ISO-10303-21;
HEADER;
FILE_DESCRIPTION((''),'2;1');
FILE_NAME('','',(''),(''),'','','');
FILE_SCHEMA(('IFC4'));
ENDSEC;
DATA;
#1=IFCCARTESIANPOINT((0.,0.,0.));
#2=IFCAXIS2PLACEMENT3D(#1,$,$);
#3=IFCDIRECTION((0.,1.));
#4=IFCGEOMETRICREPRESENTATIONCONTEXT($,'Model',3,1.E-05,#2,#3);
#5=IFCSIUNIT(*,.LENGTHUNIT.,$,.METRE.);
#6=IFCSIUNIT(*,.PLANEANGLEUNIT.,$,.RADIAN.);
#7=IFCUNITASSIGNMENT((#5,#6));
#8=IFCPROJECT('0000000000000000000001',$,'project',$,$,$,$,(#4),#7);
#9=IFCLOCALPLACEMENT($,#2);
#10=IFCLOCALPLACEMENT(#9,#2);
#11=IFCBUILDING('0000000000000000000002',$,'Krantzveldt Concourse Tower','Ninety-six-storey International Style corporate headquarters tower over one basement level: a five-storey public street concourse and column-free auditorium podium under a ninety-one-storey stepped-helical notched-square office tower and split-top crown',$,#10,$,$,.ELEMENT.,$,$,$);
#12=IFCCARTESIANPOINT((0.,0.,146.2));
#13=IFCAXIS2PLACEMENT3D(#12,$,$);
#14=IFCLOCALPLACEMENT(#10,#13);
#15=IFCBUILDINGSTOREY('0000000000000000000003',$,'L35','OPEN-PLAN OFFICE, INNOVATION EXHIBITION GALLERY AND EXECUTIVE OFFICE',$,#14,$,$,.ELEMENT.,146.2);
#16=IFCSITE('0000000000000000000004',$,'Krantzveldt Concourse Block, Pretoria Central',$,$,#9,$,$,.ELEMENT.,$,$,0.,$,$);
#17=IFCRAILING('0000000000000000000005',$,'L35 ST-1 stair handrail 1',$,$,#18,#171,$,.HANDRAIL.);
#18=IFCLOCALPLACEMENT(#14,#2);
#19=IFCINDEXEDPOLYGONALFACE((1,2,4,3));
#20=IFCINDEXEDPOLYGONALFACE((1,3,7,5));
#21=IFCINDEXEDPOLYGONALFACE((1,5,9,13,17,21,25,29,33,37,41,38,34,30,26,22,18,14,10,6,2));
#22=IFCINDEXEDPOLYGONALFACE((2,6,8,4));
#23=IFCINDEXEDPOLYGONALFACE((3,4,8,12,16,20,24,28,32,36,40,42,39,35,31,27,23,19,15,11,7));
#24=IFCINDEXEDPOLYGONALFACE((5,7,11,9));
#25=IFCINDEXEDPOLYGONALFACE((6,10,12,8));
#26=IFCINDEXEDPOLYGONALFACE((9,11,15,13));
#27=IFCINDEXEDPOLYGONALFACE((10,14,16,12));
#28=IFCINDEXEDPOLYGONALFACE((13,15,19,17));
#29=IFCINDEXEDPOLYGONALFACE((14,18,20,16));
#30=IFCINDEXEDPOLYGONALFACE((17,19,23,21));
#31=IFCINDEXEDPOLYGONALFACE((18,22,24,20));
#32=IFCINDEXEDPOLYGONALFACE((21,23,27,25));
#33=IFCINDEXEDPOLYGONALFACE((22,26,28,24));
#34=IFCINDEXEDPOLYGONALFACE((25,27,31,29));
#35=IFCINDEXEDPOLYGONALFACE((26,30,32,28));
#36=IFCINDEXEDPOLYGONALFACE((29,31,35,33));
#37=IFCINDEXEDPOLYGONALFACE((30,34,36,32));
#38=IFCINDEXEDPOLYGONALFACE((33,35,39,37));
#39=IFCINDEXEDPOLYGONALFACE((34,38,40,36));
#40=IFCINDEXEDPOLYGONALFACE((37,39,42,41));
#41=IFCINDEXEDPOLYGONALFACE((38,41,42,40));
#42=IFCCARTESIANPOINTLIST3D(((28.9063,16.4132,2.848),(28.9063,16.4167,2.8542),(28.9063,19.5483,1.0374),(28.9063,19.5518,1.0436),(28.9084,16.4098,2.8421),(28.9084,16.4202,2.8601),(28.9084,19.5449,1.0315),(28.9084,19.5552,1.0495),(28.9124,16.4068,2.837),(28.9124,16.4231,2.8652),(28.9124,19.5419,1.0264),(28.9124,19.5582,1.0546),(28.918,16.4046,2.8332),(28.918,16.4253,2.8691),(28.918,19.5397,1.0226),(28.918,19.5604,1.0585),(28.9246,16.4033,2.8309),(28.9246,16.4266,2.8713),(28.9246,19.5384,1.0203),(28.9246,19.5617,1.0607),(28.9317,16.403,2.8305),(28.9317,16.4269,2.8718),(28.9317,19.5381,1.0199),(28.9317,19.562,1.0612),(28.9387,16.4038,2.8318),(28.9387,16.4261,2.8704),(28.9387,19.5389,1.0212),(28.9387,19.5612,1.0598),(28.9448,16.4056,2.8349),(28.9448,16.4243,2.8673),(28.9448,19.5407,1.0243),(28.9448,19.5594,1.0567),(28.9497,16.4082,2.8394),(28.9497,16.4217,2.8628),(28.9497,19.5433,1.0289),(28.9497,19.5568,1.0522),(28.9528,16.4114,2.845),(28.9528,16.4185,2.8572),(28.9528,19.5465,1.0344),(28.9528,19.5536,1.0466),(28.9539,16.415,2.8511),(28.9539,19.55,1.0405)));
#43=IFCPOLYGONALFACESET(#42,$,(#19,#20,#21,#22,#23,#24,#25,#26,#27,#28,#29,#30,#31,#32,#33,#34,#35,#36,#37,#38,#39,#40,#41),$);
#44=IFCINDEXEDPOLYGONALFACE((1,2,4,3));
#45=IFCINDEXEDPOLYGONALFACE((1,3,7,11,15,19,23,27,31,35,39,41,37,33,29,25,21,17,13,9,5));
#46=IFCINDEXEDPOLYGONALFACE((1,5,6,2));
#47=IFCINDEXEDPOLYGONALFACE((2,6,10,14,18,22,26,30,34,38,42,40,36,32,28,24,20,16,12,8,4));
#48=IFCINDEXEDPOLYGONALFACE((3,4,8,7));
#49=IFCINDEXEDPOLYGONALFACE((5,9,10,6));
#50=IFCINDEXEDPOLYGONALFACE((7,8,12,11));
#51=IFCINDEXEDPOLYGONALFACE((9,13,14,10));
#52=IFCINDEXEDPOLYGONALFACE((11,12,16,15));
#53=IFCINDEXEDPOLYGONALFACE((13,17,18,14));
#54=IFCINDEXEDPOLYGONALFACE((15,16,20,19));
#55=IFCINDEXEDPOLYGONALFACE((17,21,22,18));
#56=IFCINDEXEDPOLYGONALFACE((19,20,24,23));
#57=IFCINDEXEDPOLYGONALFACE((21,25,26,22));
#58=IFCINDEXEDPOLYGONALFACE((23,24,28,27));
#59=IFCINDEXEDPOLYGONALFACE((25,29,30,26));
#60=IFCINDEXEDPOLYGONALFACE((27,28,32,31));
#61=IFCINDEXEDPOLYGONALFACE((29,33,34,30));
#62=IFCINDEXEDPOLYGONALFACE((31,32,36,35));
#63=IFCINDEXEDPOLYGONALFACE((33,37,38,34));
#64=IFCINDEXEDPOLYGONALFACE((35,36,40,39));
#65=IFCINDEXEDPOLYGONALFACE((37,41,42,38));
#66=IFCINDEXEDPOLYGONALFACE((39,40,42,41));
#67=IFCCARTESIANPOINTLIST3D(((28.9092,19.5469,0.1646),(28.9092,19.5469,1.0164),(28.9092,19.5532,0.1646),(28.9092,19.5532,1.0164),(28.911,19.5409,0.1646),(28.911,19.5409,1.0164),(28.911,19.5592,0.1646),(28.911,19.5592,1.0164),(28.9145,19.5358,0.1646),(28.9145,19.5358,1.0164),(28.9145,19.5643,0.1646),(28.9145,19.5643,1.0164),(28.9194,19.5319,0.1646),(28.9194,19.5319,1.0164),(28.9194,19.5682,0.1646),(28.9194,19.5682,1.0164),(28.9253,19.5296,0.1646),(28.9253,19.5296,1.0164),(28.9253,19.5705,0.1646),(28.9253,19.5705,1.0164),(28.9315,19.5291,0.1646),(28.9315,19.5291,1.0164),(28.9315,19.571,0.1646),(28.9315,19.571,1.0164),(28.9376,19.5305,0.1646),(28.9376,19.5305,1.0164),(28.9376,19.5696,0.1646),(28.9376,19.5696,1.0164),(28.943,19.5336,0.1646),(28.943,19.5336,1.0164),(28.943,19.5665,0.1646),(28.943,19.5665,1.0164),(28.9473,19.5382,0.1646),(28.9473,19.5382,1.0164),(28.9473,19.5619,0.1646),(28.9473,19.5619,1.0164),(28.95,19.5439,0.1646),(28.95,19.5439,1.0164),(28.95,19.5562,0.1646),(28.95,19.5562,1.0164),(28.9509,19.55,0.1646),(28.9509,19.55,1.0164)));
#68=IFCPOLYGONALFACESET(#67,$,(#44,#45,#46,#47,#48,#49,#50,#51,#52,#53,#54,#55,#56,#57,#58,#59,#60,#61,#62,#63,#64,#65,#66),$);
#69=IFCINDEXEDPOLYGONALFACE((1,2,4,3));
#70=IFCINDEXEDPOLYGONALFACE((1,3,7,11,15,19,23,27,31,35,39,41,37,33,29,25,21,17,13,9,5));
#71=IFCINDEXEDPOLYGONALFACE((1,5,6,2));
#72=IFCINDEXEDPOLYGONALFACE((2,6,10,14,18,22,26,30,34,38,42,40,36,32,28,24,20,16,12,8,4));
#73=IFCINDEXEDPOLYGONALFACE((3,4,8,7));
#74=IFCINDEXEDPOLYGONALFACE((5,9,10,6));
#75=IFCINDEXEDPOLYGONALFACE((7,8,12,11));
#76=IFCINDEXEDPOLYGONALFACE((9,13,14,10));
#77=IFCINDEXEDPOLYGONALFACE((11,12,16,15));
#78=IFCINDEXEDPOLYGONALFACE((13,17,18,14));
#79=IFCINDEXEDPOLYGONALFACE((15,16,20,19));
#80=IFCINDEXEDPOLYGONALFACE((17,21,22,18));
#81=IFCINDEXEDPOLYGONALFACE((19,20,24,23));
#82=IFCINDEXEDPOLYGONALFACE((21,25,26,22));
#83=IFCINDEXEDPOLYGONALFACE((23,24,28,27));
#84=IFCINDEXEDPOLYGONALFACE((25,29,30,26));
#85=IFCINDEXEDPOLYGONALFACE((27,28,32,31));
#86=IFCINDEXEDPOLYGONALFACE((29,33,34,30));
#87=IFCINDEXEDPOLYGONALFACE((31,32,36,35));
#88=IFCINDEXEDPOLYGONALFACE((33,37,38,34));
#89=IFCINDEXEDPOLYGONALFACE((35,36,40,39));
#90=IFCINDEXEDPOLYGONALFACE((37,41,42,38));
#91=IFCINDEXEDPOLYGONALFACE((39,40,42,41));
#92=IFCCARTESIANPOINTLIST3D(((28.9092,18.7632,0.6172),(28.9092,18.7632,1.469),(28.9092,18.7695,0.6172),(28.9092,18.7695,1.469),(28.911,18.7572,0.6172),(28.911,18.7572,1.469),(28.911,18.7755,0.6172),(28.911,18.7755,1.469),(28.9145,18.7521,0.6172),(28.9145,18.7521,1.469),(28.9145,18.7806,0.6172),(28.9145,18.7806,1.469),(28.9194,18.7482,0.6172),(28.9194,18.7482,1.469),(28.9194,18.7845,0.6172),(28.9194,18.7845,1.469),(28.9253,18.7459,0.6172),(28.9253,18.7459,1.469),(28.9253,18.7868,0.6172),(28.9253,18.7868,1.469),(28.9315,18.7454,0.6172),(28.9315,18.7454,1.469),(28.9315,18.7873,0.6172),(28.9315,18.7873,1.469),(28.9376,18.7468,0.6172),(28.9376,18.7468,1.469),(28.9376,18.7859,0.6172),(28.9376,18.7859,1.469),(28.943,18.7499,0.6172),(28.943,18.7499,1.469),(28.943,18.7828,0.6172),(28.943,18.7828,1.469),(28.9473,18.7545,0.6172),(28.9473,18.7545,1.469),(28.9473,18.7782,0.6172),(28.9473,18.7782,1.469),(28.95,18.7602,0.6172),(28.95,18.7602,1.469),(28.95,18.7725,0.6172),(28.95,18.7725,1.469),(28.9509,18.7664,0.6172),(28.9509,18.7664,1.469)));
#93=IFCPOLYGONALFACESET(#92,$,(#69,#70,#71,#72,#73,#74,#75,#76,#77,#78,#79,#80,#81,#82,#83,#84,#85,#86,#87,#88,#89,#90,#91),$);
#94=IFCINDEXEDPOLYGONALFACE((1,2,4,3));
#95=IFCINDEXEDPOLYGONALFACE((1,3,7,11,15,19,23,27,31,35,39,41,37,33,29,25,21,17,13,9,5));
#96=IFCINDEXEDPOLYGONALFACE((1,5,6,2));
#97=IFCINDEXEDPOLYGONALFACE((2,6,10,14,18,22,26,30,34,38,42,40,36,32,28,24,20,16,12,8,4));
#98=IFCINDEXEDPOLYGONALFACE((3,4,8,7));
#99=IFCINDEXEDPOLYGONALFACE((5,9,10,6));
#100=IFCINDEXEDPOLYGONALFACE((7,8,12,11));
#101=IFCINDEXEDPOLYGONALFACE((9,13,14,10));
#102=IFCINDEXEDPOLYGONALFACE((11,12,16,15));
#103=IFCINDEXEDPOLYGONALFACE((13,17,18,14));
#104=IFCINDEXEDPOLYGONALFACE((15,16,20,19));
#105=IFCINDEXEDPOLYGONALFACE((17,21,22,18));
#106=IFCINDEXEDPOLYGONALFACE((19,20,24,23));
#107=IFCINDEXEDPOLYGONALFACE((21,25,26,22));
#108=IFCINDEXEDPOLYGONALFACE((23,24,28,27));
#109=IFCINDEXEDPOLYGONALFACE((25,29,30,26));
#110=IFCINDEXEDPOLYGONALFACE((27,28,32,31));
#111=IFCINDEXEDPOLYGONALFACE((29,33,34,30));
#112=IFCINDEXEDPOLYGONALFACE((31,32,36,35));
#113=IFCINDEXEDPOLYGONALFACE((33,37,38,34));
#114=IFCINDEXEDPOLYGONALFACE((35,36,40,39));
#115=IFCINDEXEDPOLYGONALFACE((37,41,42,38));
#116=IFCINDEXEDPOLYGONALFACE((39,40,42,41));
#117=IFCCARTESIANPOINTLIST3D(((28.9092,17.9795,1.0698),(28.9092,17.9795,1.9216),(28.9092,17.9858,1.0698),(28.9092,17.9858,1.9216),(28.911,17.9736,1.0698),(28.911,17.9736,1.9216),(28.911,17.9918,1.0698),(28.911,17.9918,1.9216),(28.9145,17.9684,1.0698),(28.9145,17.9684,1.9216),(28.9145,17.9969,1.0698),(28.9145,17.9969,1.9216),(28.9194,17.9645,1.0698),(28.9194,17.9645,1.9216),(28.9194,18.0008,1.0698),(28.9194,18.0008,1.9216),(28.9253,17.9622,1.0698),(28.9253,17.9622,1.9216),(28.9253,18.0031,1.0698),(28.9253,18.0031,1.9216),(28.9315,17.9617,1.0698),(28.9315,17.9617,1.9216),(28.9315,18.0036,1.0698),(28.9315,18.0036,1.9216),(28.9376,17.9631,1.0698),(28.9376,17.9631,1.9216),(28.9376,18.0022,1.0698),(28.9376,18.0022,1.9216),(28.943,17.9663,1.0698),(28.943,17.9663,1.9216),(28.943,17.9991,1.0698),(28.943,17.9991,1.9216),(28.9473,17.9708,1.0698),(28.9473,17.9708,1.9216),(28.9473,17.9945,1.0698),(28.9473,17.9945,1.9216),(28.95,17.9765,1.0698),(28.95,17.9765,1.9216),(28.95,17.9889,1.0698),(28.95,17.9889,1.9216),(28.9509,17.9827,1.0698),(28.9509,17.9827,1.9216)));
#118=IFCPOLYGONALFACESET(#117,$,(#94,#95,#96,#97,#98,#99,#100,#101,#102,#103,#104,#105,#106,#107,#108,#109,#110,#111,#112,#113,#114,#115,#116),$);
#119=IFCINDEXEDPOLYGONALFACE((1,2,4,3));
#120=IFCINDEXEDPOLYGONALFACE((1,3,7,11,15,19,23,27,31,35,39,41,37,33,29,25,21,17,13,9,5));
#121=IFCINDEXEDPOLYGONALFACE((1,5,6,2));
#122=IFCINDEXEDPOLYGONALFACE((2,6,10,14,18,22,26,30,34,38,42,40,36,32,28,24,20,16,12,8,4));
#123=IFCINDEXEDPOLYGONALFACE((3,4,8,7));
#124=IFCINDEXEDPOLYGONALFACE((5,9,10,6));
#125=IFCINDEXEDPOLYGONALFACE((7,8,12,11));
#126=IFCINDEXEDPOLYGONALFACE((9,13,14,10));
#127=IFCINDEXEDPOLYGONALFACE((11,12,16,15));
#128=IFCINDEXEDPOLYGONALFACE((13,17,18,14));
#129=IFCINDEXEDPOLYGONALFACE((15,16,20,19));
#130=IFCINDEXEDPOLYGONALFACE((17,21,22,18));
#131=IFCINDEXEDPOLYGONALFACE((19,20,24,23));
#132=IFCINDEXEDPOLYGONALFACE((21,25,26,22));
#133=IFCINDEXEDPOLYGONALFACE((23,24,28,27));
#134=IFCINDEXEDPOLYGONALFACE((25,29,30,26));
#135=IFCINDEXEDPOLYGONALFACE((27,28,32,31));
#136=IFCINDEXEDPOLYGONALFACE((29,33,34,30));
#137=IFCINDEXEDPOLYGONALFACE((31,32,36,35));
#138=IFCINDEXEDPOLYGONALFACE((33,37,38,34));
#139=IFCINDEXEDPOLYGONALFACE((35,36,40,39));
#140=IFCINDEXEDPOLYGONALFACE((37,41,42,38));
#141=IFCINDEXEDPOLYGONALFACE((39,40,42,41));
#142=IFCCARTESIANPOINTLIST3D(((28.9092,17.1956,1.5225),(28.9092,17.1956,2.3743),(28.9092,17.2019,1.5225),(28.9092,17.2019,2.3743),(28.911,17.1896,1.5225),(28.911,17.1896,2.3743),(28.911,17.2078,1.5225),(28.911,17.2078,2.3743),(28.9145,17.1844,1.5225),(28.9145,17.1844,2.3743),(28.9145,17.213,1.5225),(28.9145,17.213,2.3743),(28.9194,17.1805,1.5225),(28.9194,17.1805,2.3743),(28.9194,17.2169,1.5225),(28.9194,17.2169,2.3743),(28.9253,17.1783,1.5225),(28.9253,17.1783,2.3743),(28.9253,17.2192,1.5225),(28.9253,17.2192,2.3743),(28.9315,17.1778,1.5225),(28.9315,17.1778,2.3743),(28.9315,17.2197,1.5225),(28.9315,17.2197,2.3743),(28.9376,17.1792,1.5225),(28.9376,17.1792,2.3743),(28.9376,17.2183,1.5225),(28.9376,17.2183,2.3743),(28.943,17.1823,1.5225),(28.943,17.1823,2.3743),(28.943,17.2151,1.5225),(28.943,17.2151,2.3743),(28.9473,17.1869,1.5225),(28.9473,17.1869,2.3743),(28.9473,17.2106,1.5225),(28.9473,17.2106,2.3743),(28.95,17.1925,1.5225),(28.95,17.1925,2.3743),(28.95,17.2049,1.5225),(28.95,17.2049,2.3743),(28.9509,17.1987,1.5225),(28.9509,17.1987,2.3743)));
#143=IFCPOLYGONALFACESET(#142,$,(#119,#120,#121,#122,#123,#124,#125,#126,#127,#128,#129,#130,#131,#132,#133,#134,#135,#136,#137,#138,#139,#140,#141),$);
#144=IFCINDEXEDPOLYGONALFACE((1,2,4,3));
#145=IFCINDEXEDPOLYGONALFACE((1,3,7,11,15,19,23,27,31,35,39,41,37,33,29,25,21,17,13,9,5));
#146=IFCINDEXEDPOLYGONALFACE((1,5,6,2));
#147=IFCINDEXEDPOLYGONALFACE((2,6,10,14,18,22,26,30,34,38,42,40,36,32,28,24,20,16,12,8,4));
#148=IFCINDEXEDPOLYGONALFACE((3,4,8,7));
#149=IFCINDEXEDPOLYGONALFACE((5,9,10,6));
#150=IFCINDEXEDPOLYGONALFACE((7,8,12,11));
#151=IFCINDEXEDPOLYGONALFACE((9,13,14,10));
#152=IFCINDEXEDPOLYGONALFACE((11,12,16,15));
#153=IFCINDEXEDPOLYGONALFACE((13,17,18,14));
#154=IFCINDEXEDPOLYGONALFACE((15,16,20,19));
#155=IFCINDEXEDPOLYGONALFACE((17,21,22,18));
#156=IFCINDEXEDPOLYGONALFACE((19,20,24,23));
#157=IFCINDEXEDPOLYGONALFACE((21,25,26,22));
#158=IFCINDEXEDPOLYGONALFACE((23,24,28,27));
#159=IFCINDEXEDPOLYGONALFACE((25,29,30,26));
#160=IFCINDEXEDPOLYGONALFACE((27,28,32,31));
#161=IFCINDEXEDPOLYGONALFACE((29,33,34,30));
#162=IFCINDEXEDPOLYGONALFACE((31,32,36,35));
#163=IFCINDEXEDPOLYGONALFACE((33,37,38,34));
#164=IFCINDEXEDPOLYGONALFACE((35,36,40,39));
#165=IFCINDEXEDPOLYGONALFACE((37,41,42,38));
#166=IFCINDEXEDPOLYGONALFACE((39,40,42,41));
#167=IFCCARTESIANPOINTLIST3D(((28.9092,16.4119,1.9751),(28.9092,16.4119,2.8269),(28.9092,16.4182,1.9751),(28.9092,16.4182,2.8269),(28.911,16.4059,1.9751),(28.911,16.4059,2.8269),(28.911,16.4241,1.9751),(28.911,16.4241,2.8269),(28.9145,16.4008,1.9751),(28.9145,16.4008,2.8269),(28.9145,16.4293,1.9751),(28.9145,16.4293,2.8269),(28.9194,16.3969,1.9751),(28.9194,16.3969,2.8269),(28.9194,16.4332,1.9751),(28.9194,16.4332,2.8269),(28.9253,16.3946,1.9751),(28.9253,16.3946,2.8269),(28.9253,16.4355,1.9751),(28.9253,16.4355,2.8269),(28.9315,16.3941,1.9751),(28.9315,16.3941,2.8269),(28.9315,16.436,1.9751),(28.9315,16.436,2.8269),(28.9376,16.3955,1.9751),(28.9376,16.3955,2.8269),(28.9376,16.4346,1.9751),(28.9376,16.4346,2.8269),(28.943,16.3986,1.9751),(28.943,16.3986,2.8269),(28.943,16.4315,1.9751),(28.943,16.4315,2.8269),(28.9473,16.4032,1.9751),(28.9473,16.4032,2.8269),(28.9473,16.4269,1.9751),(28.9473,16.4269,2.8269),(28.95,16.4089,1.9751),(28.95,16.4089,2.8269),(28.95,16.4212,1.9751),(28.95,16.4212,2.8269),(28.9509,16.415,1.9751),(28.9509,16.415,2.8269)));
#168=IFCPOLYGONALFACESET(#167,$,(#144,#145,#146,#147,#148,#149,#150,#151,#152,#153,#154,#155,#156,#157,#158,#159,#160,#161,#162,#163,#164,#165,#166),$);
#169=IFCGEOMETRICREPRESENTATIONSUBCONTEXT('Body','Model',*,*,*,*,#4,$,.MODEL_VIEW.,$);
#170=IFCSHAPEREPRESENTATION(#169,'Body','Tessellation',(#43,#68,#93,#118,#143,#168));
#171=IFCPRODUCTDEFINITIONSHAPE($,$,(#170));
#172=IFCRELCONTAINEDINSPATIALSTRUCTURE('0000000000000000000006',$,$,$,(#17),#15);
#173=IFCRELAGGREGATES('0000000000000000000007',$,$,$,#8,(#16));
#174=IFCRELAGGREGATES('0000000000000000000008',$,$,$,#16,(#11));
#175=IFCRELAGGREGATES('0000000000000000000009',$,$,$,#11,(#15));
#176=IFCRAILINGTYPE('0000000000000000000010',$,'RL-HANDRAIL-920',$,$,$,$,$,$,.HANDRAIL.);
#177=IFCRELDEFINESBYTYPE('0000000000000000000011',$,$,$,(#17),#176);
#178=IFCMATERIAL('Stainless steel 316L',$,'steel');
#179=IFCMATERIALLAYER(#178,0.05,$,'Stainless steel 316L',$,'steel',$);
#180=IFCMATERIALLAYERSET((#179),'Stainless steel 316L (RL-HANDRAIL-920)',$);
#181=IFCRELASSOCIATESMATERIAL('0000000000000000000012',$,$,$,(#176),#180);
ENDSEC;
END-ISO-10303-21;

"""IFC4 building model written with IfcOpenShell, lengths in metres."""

from ifc_helpers import new_model, si_unit, direction, frame, origin, origin_2d, place, context, subcontext, project, spatial, circle, extrude, material, layer, layer_set, type_object, element, save


model = new_model("IFC4")

# Units and contexts
model_context = context("Model", 3, precision=1e-05, world=origin(), true_north=direction((0.0, 1.0)))
body_context = subcontext(model_context, "Body", "Model", "MODEL_VIEW")
ifc_project = project(units=[si_unit("LENGTHUNIT", "METRE"), si_unit("PLANEANGLEUNIT", "RADIAN")], contexts=[model_context])

# Site, building, storey
site_placement = place(None, origin())
site = spatial("IfcSite", under=ifc_project, at=site_placement, Name="Krantzveldt Concourse Block, Pretoria Central", CompositionType="ELEMENT", RefElevation=0.0)
building_placement = place(site_placement, origin())
building = spatial("IfcBuilding", under=site, at=building_placement, Name="Krantzveldt Concourse Tower", Description="Ninety-six-storey International Style corporate headquarters tower over one basement level: a five-storey public street concourse and column-free auditorium podium under a ninety-one-storey stepped-helical notched-square office tower and split-top crown", CompositionType="ELEMENT")
storey_placement = place(building_placement, frame((0.0, 0.0, 146.2)))
storey = spatial("IfcBuildingStorey", under=building, at=storey_placement, Name="L35", Description="OPEN-PLAN OFFICE, INNOVATION EXHIBITION GALLERY AND EXECUTIVE OFFICE", CompositionType="ELEMENT", Elevation=146.2)

# Shared definitions
ifc_material_1 = material(Name="Stainless steel 316L", Category="steel")

# Railing
ifc_layer_1 = layer(ifc_material_1, 0.05, Name="Stainless steel 316L", Category="steel")
ifc_layer_set_1 = layer_set([ifc_layer_1], Name="Stainless steel 316L (RL-HANDRAIL-920)")
railing_type_1 = type_object("IfcRailingType", Name="RL-HANDRAIL-920", PredefinedType="HANDRAIL", material=ifc_layer_set_1)
railing_1_placement = place(storey_placement, frame((28.9299, 19.55, 0.1646)))
element("IfcRailing", 1, at=railing_1_placement, inside=storey, type_object=railing_type_1, Name="L35 ST-1 stair handrail 1", PredefinedType="HANDRAIL", context=body_context, shape_type="SweptSolid", body=[
    extrude(circle(Radius=0.0239, at=origin_2d()), frame((0.0, 0.0, 0.876), z_axis=(0.0, -0.86596, 0.500114), x_axis=(1.0, 0.0, 0.0)), (0.0, 0.0, 1.0), 3.6204),
    extrude(circle(Radius=0.021, at=origin_2d()), origin(), (0.0, 0.0, 1.0), 0.8518),
    extrude(circle(Radius=0.021, at=origin_2d()), frame((0.0, -0.7837, 0.4526)), (0.0, 0.0, 1.0), 0.8518),
    extrude(circle(Radius=0.021, at=origin_2d()), frame((0.0, -1.5674, 0.9053)), (0.0, 0.0, 1.0), 0.8518),
    extrude(circle(Radius=0.021, at=origin_2d()), frame((0.0, -2.3513, 1.3579)), (0.0, 0.0, 1.0), 0.8518),
    extrude(circle(Radius=0.021, at=origin_2d()), frame((0.0, -3.135, 1.8105)), (0.0, 0.0, 1.0), 0.8518),
])

save(model, "model.ifc")
